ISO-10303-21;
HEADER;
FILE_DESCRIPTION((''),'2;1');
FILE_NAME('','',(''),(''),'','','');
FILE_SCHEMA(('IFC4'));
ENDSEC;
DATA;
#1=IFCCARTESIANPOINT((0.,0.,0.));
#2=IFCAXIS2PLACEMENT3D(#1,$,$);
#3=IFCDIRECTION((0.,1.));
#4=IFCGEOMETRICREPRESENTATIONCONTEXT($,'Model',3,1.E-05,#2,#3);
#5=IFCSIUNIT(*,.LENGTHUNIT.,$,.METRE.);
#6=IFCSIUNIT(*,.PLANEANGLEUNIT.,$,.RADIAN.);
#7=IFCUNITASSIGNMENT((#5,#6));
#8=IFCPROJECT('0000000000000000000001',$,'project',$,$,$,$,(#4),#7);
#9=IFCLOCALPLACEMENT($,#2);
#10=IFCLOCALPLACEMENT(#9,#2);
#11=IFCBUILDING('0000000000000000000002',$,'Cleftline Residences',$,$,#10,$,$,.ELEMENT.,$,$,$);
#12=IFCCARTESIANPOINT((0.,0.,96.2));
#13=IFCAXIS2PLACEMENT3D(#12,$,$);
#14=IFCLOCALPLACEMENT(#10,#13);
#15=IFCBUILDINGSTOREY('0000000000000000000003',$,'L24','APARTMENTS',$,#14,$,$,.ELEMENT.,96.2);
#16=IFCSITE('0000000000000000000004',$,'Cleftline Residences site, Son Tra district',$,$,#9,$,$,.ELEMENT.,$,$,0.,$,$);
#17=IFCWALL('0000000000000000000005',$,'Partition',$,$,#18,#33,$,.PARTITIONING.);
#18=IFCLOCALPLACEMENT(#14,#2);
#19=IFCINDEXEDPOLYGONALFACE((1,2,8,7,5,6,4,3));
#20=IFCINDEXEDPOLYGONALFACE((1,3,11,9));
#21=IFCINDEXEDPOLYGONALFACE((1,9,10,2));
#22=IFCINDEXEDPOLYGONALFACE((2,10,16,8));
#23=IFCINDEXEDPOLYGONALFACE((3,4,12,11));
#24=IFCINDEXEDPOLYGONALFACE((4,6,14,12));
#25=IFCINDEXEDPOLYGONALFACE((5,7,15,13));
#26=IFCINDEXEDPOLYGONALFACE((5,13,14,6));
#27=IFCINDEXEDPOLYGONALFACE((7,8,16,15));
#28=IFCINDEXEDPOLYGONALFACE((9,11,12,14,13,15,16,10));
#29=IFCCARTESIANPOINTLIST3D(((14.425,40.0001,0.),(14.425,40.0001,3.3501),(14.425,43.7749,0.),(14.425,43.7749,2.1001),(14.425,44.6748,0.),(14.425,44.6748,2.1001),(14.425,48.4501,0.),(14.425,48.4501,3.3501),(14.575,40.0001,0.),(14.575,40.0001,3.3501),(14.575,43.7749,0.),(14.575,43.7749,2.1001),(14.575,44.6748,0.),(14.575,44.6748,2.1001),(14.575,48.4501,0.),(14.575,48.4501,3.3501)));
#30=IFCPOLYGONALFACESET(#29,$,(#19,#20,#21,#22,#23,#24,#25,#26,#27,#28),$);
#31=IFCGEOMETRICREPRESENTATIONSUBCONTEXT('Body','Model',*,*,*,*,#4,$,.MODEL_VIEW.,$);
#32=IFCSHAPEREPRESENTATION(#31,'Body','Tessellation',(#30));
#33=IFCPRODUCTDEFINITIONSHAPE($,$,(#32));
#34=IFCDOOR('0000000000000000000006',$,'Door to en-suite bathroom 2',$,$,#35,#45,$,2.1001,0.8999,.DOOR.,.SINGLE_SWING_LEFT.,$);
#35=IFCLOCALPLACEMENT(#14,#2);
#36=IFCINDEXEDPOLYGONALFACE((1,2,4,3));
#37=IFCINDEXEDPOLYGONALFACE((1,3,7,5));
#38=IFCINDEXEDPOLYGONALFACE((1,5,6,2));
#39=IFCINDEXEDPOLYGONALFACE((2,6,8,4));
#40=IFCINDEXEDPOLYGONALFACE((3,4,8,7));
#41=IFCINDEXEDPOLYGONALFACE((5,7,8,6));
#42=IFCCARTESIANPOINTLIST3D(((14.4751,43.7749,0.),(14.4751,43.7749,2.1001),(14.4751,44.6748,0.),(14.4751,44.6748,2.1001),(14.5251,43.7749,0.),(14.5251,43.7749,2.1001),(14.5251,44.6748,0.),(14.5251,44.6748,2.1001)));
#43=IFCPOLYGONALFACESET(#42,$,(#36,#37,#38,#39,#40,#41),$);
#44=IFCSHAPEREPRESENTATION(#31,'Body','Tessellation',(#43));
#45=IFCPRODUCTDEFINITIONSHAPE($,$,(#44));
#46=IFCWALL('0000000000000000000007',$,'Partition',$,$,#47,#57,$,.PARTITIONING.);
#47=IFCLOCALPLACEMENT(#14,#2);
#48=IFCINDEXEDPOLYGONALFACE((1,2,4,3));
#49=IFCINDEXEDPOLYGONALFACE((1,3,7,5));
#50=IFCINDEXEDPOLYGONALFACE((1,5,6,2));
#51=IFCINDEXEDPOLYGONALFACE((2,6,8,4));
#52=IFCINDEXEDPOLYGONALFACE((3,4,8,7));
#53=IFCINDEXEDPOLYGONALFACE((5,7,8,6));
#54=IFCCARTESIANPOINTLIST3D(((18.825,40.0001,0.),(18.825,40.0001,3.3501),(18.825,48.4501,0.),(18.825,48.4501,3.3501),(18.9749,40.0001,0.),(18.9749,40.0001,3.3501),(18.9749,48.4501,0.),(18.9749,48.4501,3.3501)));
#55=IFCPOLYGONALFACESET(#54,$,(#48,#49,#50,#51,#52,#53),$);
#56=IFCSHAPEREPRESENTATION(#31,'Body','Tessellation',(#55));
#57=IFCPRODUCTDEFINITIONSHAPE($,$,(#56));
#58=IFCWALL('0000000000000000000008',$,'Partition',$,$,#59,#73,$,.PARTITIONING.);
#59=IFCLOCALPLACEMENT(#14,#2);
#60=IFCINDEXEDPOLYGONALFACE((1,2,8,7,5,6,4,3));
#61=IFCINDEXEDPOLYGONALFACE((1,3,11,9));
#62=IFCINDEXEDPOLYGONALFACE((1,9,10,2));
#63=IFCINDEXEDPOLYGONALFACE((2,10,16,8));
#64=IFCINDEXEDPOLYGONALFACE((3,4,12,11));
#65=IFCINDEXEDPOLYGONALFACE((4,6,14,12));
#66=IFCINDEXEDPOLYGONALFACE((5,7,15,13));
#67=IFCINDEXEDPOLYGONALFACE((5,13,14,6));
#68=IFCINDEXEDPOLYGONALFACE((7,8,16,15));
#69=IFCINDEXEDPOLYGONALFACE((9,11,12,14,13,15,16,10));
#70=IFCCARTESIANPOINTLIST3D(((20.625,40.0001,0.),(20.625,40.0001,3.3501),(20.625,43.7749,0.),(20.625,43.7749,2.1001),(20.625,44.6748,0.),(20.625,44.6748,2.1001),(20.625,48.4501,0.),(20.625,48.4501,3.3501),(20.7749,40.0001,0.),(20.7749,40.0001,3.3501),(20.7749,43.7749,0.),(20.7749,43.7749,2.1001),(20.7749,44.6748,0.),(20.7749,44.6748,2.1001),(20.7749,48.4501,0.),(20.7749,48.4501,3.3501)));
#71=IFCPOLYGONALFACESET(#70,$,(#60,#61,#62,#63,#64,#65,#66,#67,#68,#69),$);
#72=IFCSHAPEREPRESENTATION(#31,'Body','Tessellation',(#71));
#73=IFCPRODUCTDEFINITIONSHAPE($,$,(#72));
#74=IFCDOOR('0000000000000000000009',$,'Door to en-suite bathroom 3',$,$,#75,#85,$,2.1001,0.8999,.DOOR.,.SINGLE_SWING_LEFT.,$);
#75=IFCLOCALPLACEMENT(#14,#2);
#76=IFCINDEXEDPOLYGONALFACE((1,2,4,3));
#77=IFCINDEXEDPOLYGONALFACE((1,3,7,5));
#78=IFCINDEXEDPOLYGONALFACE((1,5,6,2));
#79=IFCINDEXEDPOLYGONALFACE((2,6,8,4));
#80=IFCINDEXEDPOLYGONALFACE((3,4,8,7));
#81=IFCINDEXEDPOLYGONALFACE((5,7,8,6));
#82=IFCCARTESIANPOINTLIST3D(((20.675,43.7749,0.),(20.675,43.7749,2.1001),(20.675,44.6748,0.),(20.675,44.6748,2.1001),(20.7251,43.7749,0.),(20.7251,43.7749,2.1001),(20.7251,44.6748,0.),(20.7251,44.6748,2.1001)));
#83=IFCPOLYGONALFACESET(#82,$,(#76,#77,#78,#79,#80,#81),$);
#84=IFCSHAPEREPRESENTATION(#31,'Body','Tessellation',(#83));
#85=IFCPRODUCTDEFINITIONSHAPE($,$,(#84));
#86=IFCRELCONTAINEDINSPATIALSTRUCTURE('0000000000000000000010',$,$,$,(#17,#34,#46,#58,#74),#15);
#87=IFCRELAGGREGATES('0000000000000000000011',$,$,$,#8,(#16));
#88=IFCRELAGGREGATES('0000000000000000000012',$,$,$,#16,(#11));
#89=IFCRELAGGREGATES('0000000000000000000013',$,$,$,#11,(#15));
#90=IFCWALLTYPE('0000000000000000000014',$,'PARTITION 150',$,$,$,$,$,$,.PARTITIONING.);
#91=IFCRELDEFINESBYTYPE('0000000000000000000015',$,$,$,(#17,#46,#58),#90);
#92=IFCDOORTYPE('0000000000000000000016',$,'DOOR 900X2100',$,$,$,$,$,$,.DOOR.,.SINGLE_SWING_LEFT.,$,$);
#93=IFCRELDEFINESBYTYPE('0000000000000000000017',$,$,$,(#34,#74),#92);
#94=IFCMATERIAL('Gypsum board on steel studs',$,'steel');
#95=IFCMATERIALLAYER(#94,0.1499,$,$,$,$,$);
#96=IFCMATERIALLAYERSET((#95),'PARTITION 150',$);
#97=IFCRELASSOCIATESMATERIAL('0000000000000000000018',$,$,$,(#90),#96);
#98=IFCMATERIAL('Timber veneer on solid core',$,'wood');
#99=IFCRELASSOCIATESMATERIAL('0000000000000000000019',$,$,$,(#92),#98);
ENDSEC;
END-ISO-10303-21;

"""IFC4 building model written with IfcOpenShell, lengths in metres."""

from ifc_helpers import new_model, si_unit, direction, frame, frame_2d, origin, place, context, subcontext, project, spatial, rectangle, extrude, material, layer, layer_set, type_object, element, fill, save


model = new_model("IFC4")

# Units and contexts
model_context = context("Model", 3, precision=1e-05, world=origin(), true_north=direction((0.0, 1.0)))
body_context = subcontext(model_context, "Body", "Model", "MODEL_VIEW")
ifc_project = project(units=[si_unit("LENGTHUNIT", "METRE"), si_unit("PLANEANGLEUNIT", "RADIAN")], contexts=[model_context])

# Site, building, storey
site_placement = place(None, origin())
site = spatial("IfcSite", under=ifc_project, at=site_placement, Name="Cleftline Residences site, Son Tra district", CompositionType="ELEMENT", RefElevation=0.0)
building_placement = place(site_placement, origin())
building = spatial("IfcBuilding", under=site, at=building_placement, Name="Cleftline Residences", CompositionType="ELEMENT")
storey_placement = place(building_placement, frame((0.0, 0.0, 96.2)))
storey = spatial("IfcBuildingStorey", under=building, at=storey_placement, Name="L24", Description="APARTMENTS", CompositionType="ELEMENT", Elevation=96.2)

# Shared definitions
ifc_material_1 = material(Name="Gypsum board on steel studs", Category="steel")
ifc_layer_1 = layer(ifc_material_1, 0.1499)
ifc_layer_set_1 = layer_set([ifc_layer_1], Name="PARTITION 150")
wall_type_1 = type_object("IfcWallType", Name="PARTITION 150", PredefinedType="PARTITIONING", material=ifc_layer_set_1)
ifc_material_2 = material(Name="Timber veneer on solid core", Category="wood")
door_type_1 = type_object("IfcDoorType", Name="DOOR 900X2100", OperationType="SINGLE_SWING_LEFT", PredefinedType="DOOR", material=ifc_material_2)

# Wall, opening, door
wall_1_placement = place(storey_placement, frame((14.5, 40.0, 0.0), z_axis=(0.0, 0.0, 1.0), x_axis=(0.0, 1.0, 0.0)))
wall_1 = element("IfcWall", 1, at=wall_1_placement, inside=storey, type_object=wall_type_1, Name="Partition", PredefinedType="PARTITIONING", context=body_context, shape_type="SweptSolid", body=[
    extrude(rectangle(XDim=8.45, YDim=0.1499, at=frame_2d((4.2251, 0.0))), origin(), (0.0, 0.0, 1.0), 3.3501),
])
opening_1_placement = place(wall_1_placement, frame((3.7749, 0.0, 0.0)))
opening_1 = element("IfcOpeningElement", 2, at=opening_1_placement, cuts=wall_1, PredefinedType="OPENING", context=body_context, shape_type="SweptSolid", body=[
    extrude(rectangle(XDim=0.8999, YDim=2.1001, at=frame_2d((0.45, 1.05))), frame((0.0, 0.085, 0.0), z_axis=(0.0, -1.0, 0.0), x_axis=(1.0, 0.0, 0.0)), (0.0, 0.0, 1.0), 0.1699),
])
door_1_placement = place(opening_1_placement, origin())
door_1 = element("IfcDoor", 3, at=door_1_placement, inside=storey, type_object=door_type_1, Name="Door to en-suite bathroom 2", OperationType="SINGLE_SWING_LEFT", OverallHeight=2.1001, OverallWidth=0.8999, PredefinedType="DOOR", context=body_context, shape_type="SweptSolid", body=[
    extrude(rectangle(XDim=0.8999, YDim=2.1001, at=frame_2d((0.45, 1.05))), frame((0.0, 0.0249, 0.0), z_axis=(0.0, -1.0, 0.0), x_axis=(1.0, 0.0, 0.0)), (0.0, 0.0, 1.0), 0.05),
])
fill(opening_1, door_1)

# Wall
wall_2_placement = place(storey_placement, frame((18.8999, 40.0, 0.0), z_axis=(0.0, 0.0, 1.0), x_axis=(0.0, 1.0, 0.0)))
element("IfcWall", 4, at=wall_2_placement, inside=storey, type_object=wall_type_1, Name="Partition", PredefinedType="PARTITIONING", context=body_context, shape_type="SweptSolid", body=[
    extrude(rectangle(XDim=8.45, YDim=0.1499, at=frame_2d((4.2251, 0.0))), origin(), (0.0, 0.0, 1.0), 3.3501),
])

# Wall, opening, door
wall_3_placement = place(storey_placement, frame((20.7, 40.0, 0.0), z_axis=(0.0, 0.0, 1.0), x_axis=(0.0, 1.0, 0.0)))
wall_3 = element("IfcWall", 5, at=wall_3_placement, inside=storey, type_object=wall_type_1, Name="Partition", PredefinedType="PARTITIONING", context=body_context, shape_type="SweptSolid", body=[
    extrude(rectangle(XDim=8.45, YDim=0.1499, at=frame_2d((4.2251, 0.0))), origin(), (0.0, 0.0, 1.0), 3.3501),
])
opening_2_placement = place(wall_3_placement, frame((3.7749, 0.0, 0.0)))
opening_2 = element("IfcOpeningElement", 6, at=opening_2_placement, cuts=wall_3, PredefinedType="OPENING", context=body_context, shape_type="SweptSolid", body=[
    extrude(rectangle(XDim=0.8999, YDim=2.1001, at=frame_2d((0.45, 1.05))), frame((0.0, 0.085, 0.0), z_axis=(0.0, -1.0, 0.0), x_axis=(1.0, 0.0, 0.0)), (0.0, 0.0, 1.0), 0.1699),
])
door_2_placement = place(opening_2_placement, origin())
door_2 = element("IfcDoor", 7, at=door_2_placement, inside=storey, type_object=door_type_1, Name="Door to en-suite bathroom 3", OperationType="SINGLE_SWING_LEFT", OverallHeight=2.1001, OverallWidth=0.8999, PredefinedType="DOOR", context=body_context, shape_type="SweptSolid", body=[
    extrude(rectangle(XDim=0.8999, YDim=2.1001, at=frame_2d((0.45, 1.05))), frame((0.0, 0.0249, 0.0), z_axis=(0.0, -1.0, 0.0), x_axis=(1.0, 0.0, 0.0)), (0.0, 0.0, 1.0), 0.05),
])
fill(opening_2, door_2)

save(model, "model.ifc")
